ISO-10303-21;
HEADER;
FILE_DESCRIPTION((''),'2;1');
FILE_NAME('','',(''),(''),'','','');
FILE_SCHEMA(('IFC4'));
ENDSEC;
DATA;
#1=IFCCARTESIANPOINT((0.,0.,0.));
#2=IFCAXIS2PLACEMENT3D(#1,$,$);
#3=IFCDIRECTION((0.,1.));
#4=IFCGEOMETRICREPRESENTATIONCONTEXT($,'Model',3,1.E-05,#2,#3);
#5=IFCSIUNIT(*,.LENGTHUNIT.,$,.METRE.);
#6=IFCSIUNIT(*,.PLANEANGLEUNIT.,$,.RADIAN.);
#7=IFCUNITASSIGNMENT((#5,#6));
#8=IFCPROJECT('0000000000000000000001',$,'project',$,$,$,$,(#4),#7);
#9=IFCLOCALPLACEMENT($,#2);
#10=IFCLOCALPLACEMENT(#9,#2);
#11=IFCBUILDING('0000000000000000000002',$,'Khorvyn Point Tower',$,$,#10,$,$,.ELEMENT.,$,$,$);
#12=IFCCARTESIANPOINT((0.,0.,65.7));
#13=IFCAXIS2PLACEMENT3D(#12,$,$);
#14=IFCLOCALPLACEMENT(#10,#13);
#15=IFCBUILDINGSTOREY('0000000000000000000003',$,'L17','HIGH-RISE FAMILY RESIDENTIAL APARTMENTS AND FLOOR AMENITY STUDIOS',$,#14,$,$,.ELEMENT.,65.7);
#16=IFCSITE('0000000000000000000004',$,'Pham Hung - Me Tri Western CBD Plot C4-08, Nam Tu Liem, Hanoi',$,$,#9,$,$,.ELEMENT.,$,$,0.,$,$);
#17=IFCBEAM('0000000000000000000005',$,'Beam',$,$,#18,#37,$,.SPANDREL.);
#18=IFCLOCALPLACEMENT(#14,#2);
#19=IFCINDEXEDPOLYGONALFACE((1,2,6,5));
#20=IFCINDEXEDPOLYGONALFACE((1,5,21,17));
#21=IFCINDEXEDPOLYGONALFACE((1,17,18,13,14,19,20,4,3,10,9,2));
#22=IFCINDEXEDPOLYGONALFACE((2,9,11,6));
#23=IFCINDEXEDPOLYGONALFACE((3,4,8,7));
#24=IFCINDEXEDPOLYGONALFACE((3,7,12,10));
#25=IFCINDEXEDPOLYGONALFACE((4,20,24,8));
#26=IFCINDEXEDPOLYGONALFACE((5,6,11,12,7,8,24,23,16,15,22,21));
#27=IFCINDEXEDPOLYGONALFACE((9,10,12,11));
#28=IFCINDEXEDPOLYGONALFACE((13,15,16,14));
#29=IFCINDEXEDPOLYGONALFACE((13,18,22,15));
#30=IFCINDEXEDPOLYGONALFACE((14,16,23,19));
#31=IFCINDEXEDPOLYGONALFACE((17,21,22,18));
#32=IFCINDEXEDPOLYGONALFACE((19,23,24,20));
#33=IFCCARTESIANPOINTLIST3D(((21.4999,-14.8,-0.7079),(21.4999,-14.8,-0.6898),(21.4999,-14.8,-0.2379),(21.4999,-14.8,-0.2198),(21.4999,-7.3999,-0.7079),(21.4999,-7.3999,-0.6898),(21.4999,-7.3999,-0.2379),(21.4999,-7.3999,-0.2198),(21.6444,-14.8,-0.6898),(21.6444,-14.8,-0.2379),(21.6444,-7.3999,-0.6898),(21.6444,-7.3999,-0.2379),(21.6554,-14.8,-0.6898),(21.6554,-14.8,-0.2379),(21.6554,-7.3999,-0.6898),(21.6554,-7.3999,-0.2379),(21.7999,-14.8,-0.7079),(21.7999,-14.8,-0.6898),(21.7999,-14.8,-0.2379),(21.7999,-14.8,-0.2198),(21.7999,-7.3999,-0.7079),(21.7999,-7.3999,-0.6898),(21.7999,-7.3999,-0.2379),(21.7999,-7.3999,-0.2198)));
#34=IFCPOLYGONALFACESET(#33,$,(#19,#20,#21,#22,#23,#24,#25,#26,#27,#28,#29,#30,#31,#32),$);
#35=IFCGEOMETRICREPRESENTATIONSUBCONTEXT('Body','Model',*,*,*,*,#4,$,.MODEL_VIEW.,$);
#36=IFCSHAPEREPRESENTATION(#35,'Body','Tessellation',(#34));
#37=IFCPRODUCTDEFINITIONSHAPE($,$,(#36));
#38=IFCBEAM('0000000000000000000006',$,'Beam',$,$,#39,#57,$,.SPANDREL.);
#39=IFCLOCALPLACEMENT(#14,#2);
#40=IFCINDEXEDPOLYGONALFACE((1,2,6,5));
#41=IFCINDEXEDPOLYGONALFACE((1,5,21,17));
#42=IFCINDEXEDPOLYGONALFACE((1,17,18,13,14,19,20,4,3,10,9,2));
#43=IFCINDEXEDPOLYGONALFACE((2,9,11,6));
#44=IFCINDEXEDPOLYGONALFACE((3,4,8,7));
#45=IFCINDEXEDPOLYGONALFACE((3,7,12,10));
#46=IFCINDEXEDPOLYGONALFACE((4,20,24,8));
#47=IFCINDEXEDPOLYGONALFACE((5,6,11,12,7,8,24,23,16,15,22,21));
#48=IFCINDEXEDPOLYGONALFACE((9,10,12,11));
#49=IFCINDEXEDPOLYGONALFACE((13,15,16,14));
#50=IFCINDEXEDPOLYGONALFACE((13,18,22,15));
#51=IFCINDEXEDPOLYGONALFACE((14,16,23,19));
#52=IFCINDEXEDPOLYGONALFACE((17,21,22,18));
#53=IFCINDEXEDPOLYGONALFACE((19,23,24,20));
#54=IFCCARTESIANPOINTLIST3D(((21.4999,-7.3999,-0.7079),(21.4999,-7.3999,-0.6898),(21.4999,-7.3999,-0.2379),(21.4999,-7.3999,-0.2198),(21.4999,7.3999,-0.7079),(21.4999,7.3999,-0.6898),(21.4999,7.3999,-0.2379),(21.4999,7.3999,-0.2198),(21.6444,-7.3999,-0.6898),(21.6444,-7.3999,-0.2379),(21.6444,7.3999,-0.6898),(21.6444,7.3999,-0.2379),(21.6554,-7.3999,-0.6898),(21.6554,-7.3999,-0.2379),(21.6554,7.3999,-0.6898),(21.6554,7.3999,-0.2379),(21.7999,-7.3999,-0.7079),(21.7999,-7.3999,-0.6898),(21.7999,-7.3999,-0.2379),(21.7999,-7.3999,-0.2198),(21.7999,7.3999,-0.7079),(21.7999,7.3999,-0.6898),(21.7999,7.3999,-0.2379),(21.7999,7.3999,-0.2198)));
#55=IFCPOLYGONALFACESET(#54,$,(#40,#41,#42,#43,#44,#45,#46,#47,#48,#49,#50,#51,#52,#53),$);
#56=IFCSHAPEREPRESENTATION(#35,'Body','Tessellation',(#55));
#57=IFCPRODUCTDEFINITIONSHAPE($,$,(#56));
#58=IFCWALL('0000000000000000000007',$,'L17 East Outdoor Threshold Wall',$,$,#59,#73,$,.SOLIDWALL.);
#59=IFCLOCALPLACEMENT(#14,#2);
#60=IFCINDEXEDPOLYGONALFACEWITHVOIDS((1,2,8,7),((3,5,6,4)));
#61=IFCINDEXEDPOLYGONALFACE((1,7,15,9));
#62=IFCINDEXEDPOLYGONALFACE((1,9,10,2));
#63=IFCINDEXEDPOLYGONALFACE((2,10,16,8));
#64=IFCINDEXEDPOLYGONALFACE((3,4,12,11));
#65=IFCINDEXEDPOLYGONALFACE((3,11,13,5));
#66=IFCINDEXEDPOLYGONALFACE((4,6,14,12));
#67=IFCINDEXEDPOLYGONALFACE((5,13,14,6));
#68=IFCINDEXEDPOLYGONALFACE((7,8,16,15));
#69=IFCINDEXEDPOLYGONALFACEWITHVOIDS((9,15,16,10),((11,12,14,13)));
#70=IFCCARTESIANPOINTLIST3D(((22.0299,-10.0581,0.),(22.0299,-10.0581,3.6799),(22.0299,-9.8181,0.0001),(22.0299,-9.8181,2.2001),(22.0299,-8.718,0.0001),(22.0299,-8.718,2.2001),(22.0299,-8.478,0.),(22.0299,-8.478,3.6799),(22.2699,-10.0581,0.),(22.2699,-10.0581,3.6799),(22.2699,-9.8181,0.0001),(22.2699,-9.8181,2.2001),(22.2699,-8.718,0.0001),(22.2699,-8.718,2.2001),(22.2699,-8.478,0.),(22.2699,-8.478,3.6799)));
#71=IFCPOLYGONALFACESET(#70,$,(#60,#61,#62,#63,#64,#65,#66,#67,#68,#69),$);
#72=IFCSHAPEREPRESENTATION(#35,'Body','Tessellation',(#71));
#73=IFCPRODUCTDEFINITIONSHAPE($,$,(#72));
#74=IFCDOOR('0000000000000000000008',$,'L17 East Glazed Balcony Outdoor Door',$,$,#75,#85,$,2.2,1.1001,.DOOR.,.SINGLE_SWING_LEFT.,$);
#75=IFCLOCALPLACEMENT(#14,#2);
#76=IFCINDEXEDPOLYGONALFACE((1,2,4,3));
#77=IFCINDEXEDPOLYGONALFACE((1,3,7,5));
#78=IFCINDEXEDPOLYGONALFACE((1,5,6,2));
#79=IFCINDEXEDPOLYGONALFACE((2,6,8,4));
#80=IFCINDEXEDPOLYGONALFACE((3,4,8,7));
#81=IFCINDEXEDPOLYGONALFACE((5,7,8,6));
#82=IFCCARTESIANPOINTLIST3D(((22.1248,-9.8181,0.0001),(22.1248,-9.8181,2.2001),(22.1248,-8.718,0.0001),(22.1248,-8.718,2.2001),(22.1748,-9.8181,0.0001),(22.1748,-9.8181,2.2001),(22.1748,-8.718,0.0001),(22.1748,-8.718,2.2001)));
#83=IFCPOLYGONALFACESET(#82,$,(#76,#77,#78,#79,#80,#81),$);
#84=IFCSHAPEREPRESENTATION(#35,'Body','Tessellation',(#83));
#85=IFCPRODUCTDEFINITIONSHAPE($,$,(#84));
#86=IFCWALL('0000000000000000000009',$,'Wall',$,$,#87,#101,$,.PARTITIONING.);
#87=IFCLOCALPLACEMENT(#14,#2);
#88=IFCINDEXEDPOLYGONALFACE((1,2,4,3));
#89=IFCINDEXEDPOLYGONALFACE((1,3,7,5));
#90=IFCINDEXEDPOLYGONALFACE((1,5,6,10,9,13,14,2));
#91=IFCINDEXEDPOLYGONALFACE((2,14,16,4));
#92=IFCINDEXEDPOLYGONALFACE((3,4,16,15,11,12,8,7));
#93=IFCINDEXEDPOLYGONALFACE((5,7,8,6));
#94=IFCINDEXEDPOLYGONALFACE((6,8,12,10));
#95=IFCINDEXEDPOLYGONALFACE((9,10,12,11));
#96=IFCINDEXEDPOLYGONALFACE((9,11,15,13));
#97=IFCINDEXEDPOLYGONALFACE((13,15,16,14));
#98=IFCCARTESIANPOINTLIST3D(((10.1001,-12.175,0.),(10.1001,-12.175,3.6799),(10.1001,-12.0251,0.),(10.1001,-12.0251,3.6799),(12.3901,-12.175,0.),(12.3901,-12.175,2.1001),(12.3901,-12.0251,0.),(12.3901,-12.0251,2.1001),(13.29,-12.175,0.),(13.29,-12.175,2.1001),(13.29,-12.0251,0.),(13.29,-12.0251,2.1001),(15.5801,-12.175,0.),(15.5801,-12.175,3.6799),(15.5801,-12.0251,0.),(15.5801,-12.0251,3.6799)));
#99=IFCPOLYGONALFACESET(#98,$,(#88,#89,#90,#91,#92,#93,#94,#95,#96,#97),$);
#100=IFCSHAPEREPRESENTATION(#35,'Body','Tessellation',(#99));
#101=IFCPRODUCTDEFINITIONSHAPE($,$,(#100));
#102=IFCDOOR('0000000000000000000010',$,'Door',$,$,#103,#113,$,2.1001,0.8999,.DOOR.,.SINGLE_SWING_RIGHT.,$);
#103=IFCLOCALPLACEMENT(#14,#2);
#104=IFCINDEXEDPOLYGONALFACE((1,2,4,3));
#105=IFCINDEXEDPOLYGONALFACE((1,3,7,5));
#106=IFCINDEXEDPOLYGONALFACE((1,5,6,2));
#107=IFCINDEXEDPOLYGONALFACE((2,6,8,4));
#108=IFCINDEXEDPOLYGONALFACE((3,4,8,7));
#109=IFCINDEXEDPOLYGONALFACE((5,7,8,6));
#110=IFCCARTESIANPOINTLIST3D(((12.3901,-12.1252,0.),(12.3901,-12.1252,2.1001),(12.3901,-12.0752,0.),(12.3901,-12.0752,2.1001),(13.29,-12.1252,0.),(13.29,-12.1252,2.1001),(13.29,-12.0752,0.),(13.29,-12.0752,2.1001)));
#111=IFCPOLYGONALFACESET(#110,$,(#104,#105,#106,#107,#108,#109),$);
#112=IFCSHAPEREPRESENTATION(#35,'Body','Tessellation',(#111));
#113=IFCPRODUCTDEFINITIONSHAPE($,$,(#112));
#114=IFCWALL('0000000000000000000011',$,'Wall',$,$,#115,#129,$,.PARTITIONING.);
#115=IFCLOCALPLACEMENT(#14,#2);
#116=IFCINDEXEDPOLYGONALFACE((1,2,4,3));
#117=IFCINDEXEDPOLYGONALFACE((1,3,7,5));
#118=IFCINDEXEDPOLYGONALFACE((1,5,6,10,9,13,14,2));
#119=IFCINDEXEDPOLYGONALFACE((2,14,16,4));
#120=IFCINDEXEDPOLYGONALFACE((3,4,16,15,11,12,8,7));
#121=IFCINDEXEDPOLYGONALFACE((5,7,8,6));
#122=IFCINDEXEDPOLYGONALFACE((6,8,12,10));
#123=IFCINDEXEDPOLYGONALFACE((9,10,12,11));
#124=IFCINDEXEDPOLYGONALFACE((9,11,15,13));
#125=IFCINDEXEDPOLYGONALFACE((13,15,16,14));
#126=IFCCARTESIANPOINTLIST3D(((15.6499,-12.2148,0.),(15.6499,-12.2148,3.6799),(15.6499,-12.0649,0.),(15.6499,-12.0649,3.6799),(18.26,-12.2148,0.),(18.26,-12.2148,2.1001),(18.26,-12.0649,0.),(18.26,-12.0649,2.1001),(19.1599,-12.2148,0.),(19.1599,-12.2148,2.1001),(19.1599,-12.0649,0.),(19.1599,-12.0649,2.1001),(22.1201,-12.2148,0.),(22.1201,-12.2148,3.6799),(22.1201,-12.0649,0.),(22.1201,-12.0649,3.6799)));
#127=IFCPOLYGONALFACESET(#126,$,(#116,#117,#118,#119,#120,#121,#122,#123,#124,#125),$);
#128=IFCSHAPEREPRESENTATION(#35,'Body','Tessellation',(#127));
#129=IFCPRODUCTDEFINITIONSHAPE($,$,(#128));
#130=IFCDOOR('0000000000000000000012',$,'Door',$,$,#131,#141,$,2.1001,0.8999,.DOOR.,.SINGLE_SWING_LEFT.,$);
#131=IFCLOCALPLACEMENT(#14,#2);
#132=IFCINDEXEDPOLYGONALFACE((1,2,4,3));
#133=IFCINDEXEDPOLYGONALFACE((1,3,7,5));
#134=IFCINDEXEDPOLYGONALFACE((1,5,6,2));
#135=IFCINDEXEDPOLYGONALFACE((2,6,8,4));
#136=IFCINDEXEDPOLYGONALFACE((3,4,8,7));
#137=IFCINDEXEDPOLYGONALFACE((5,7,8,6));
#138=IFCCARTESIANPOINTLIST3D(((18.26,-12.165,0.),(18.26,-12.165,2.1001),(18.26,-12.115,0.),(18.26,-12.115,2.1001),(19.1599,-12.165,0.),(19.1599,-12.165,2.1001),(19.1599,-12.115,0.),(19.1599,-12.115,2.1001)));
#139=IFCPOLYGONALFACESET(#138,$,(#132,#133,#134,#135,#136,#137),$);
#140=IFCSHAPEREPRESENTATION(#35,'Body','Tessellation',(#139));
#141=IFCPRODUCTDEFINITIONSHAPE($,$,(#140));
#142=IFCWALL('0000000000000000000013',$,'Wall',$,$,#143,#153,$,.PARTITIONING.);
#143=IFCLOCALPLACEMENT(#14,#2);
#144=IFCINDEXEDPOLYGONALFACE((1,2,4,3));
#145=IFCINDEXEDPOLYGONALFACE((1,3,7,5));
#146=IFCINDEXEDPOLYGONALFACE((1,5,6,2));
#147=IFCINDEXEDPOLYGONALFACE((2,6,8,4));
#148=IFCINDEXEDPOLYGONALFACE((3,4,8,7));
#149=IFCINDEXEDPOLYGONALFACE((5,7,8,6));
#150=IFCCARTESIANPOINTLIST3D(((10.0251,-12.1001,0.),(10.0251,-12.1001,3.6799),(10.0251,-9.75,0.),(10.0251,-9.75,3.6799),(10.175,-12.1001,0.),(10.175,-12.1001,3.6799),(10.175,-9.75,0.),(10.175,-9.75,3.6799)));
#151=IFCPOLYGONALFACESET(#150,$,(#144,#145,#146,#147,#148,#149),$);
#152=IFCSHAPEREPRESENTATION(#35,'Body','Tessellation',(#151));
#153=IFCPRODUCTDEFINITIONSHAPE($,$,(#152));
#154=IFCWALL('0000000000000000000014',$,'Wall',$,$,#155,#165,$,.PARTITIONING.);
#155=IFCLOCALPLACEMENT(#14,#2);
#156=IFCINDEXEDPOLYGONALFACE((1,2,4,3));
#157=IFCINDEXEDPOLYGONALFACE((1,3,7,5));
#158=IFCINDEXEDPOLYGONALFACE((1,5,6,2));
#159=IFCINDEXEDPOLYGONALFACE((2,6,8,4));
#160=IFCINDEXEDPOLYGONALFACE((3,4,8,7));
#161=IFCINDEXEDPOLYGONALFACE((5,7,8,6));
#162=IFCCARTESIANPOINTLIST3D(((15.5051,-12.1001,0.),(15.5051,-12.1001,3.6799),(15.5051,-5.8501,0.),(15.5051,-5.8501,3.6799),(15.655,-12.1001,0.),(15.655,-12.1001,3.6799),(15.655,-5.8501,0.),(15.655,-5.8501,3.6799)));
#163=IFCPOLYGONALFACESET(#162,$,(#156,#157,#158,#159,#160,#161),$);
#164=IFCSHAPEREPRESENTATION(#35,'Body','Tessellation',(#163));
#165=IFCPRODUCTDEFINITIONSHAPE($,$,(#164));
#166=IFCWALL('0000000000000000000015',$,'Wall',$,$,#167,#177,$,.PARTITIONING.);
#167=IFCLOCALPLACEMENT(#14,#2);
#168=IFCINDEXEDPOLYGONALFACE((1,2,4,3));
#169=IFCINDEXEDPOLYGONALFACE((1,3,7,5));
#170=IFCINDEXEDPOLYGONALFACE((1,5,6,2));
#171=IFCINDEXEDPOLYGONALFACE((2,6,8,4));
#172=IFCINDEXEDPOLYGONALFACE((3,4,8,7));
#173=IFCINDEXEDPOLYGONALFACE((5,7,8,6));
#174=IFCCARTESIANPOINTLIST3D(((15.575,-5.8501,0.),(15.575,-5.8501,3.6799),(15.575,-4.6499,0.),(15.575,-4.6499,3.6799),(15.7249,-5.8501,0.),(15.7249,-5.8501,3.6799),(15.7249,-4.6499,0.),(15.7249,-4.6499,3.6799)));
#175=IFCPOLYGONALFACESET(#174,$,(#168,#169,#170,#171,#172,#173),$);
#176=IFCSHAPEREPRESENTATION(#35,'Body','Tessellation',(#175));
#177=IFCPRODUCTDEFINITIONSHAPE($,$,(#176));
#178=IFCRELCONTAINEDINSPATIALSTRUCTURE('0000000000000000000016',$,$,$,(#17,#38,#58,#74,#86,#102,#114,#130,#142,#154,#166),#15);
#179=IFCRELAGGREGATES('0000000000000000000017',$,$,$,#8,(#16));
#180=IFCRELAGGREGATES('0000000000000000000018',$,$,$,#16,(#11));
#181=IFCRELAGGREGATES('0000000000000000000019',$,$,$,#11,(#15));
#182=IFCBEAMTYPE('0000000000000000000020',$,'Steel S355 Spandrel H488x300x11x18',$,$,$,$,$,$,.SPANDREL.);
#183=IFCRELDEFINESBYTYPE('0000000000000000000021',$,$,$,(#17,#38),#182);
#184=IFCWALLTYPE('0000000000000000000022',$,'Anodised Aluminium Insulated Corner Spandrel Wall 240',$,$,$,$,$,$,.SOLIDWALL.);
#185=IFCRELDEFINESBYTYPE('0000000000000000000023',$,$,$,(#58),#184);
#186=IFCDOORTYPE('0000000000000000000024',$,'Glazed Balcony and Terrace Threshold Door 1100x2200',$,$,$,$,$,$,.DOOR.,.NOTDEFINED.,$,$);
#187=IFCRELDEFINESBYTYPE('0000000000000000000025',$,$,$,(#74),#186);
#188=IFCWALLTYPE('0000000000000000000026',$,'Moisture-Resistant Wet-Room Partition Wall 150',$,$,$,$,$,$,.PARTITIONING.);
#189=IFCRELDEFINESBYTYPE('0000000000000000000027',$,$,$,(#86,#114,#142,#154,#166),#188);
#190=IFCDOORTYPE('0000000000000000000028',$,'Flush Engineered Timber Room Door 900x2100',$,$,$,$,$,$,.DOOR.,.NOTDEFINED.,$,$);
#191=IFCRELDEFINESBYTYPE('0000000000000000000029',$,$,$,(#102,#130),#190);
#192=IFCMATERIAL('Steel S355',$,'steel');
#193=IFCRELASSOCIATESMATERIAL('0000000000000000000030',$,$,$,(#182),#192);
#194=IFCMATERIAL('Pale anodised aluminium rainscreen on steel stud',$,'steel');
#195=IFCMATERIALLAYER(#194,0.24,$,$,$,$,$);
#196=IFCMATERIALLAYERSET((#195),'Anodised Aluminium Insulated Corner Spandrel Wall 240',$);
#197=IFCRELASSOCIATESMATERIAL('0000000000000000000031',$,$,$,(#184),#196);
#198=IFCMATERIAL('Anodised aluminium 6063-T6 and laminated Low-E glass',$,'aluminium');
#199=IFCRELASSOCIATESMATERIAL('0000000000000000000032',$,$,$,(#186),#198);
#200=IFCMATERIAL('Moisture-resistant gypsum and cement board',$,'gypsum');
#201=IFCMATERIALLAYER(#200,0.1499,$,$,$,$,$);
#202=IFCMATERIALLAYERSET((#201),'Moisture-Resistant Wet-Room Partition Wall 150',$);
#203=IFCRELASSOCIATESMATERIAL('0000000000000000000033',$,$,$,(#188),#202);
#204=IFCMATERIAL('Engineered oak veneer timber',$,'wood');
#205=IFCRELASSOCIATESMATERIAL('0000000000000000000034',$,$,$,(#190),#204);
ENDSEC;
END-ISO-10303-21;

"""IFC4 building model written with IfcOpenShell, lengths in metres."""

from ifc_helpers import new_model, si_unit, direction, frame, frame_2d, origin, origin_2d, place, context, subcontext, project, spatial, rectangle, i_section, extrude, material, layer, layer_set, material_profile, profile_set, type_object, element, fill, save


model = new_model("IFC4")

# Units and contexts
model_context = context("Model", 3, precision=1e-05, world=origin(), true_north=direction((0.0, 1.0)))
body_context = subcontext(model_context, "Body", "Model", "MODEL_VIEW")
ifc_project = project(units=[si_unit("LENGTHUNIT", "METRE"), si_unit("PLANEANGLEUNIT", "RADIAN")], contexts=[model_context])

# Site, building, storey
site_placement = place(None, origin())
site = spatial("IfcSite", under=ifc_project, at=site_placement, Name="Pham Hung - Me Tri Western CBD Plot C4-08, Nam Tu Liem, Hanoi", CompositionType="ELEMENT", RefElevation=0.0)
building_placement = place(site_placement, origin())
building = spatial("IfcBuilding", under=site, at=building_placement, Name="Khorvyn Point Tower", CompositionType="ELEMENT")
storey_placement = place(building_placement, frame((0.0, 0.0, 65.7)))
storey = spatial("IfcBuildingStorey", under=building, at=storey_placement, Name="L17", Description="HIGH-RISE FAMILY RESIDENTIAL APARTMENTS AND FLOOR AMENITY STUDIOS", CompositionType="ELEMENT", Elevation=65.7)

# Shared definitions
ifc_material_1 = material(Name="Anodised aluminium 6063-T6 and laminated Low-E glass", Category="aluminium")

# Beams
ifc_material_2 = material(Name="Steel S355", Category="steel")
ifc_material_profile_1 = material_profile(ifc_material_2, i_section(OverallWidth=0.3, OverallDepth=0.488, WebThickness=0.011, FlangeThickness=0.0181, at=origin_2d()))
ifc_profile_set_1 = profile_set([ifc_material_profile_1], Name="Steel S355 H488x300x11x18")
beam_type_1 = type_object("IfcBeamType", Name="Steel S355 Spandrel H488x300x11x18", PredefinedType="SPANDREL", material=ifc_profile_set_1)
beam_1_placement = place(storey_placement, frame((21.6499, -14.8, -0.4639), z_axis=(0.0, 1.0, 0.0), x_axis=(-1.0, 0.0, 0.0)))
element("IfcBeam", 1, at=beam_1_placement, inside=storey, type_object=beam_type_1, Name="Beam", PredefinedType="SPANDREL", context=body_context, shape_type="SweptSolid", body=[
    extrude(i_section(OverallWidth=0.3, OverallDepth=0.488, WebThickness=0.011, FlangeThickness=0.0181, at=origin_2d()), origin(), (0.0, 0.0, 1.0), 7.4001),
])
beam_2_placement = place(storey_placement, frame((21.6499, -7.3999, -0.4639), z_axis=(0.0, 1.0, 0.0), x_axis=(-1.0, 0.0, 0.0)))
element("IfcBeam", 2, at=beam_2_placement, inside=storey, type_object=beam_type_1, Name="Beam", PredefinedType="SPANDREL", context=body_context, shape_type="SweptSolid", body=[
    extrude(i_section(OverallWidth=0.3, OverallDepth=0.488, WebThickness=0.011, FlangeThickness=0.0181, at=origin_2d()), origin(), (0.0, 0.0, 1.0), 14.7998),
])

# Walls, openings, doors
ifc_material_3 = material(Name="Pale anodised aluminium rainscreen on steel stud", Category="steel")
ifc_layer_1 = layer(ifc_material_3, 0.24)
ifc_layer_set_1 = layer_set([ifc_layer_1], Name="Anodised Aluminium Insulated Corner Spandrel Wall 240")
wall_type_1 = type_object("IfcWallType", Name="Anodised Aluminium Insulated Corner Spandrel Wall 240", PredefinedType="SOLIDWALL", material=ifc_layer_set_1)
wall_1_placement = place(storey_placement, frame((22.1499, -8.478, 0.0), z_axis=(0.0, 0.0, 1.0), x_axis=(0.0, -1.0, 0.0)))
wall_1 = element("IfcWall", 3, at=wall_1_placement, inside=storey, type_object=wall_type_1, Name="L17 East Outdoor Threshold Wall", PredefinedType="SOLIDWALL", context=body_context, shape_type="SweptSolid", body=[
    extrude(rectangle(XDim=1.5801, YDim=0.24, at=frame_2d((0.79, 0.0))), origin(), (0.0, 0.0, 1.0), 3.6799),
])
opening_1_placement = place(wall_1_placement, frame((0.24, 0.0, 0.0)))
opening_1 = element("IfcOpeningElement", 4, at=opening_1_placement, cuts=wall_1, PredefinedType="OPENING", context=body_context, shape_type="SweptSolid", body=[
    extrude(rectangle(XDim=1.1001, YDim=2.2, at=frame_2d((0.55, 1.1001))), frame((0.0, 0.1299, 0.0), z_axis=(0.0, -1.0, 0.0), x_axis=(1.0, 0.0, 0.0)), (0.0, 0.0, 1.0), 0.26),
])
door_type_1 = type_object("IfcDoorType", Name="Glazed Balcony and Terrace Threshold Door 1100x2200", OperationType="NOTDEFINED", PredefinedType="DOOR", material=ifc_material_1)
door_1_placement = place(opening_1_placement, origin())
door_1 = element("IfcDoor", 5, at=door_1_placement, inside=storey, type_object=door_type_1, Name="L17 East Glazed Balcony Outdoor Door", OperationType="SINGLE_SWING_LEFT", OverallHeight=2.2, OverallWidth=1.1001, PredefinedType="DOOR", context=body_context, shape_type="SweptSolid", body=[
    extrude(rectangle(XDim=1.1001, YDim=2.2, at=frame_2d((0.55, 1.1001))), frame((0.0, 0.0249, 0.0), z_axis=(0.0, -1.0, 0.0), x_axis=(1.0, 0.0, 0.0)), (0.0, 0.0, 1.0), 0.05),
])
fill(opening_1, door_1)
ifc_material_4 = material(Name="Moisture-resistant gypsum and cement board", Category="gypsum")
ifc_layer_2 = layer(ifc_material_4, 0.1499)
ifc_layer_set_2 = layer_set([ifc_layer_2], Name="Moisture-Resistant Wet-Room Partition Wall 150")
wall_type_2 = type_object("IfcWallType", Name="Moisture-Resistant Wet-Room Partition Wall 150", PredefinedType="PARTITIONING", material=ifc_layer_set_2)
wall_2_placement = place(storey_placement, frame((10.1001, -12.1001, 0.0), z_axis=(0.0, 0.0, 1.0), x_axis=(1.0, 0.0, 0.0)))
wall_2 = element("IfcWall", 6, at=wall_2_placement, inside=storey, type_object=wall_type_2, Name="Wall", PredefinedType="PARTITIONING", context=body_context, shape_type="SweptSolid", body=[
    extrude(rectangle(XDim=5.48, YDim=0.1499, at=frame_2d((2.74, 0.0))), origin(), (0.0, 0.0, 1.0), 3.6799),
])
opening_2_placement = place(wall_2_placement, frame((2.29, 0.0, 0.0)))
opening_2 = element("IfcOpeningElement", 7, at=opening_2_placement, cuts=wall_2, PredefinedType="OPENING", context=body_context, shape_type="SweptSolid", body=[
    extrude(rectangle(XDim=0.8999, YDim=2.1001, at=frame_2d((0.45, 1.05))), frame((0.0, 0.085, 0.0), z_axis=(0.0, -1.0, 0.0), x_axis=(1.0, 0.0, 0.0)), (0.0, 0.0, 1.0), 0.1699),
])
ifc_material_5 = material(Name="Engineered oak veneer timber", Category="wood")
door_type_2 = type_object("IfcDoorType", Name="Flush Engineered Timber Room Door 900x2100", OperationType="NOTDEFINED", PredefinedType="DOOR", material=ifc_material_5)
door_2_placement = place(opening_2_placement, origin())
door_2 = element("IfcDoor", 8, at=door_2_placement, inside=storey, type_object=door_type_2, Name="Door", OperationType="SINGLE_SWING_RIGHT", OverallHeight=2.1001, OverallWidth=0.8999, PredefinedType="DOOR", context=body_context, shape_type="SweptSolid", body=[
    extrude(rectangle(XDim=0.8999, YDim=2.1001, at=frame_2d((0.45, 1.05))), frame((0.0, 0.0249, 0.0), z_axis=(0.0, -1.0, 0.0), x_axis=(1.0, 0.0, 0.0)), (0.0, 0.0, 1.0), 0.05),
])
fill(opening_2, door_2)
wall_3_placement = place(storey_placement, frame((15.6499, -12.1399, 0.0), z_axis=(0.0, 0.0, 1.0), x_axis=(1.0, 0.0, 0.0)))
wall_3 = element("IfcWall", 9, at=wall_3_placement, inside=storey, type_object=wall_type_2, Name="Wall", PredefinedType="PARTITIONING", context=body_context, shape_type="SweptSolid", body=[
    extrude(rectangle(XDim=6.4702, YDim=0.1499, at=frame_2d((3.2351, 0.0))), origin(), (0.0, 0.0, 1.0), 3.6799),
])
opening_3_placement = place(wall_3_placement, frame((2.6101, 0.0, 0.0)))
opening_3 = element("IfcOpeningElement", 10, at=opening_3_placement, cuts=wall_3, PredefinedType="OPENING", context=body_context, shape_type="SweptSolid", body=[
    extrude(rectangle(XDim=0.8999, YDim=2.1001, at=frame_2d((0.45, 1.05))), frame((0.0, 0.085, 0.0), z_axis=(0.0, -1.0, 0.0), x_axis=(1.0, 0.0, 0.0)), (0.0, 0.0, 1.0), 0.1699),
])
door_3_placement = place(opening_3_placement, origin())
door_3 = element("IfcDoor", 11, at=door_3_placement, inside=storey, type_object=door_type_2, Name="Door", OperationType="SINGLE_SWING_LEFT", OverallHeight=2.1001, OverallWidth=0.8999, PredefinedType="DOOR", context=body_context, shape_type="SweptSolid", body=[
    extrude(rectangle(XDim=0.8999, YDim=2.1001, at=frame_2d((0.45, 1.05))), frame((0.0, 0.0249, 0.0), z_axis=(0.0, -1.0, 0.0), x_axis=(1.0, 0.0, 0.0)), (0.0, 0.0, 1.0), 0.05),
])
fill(opening_3, door_3)

# Walls
wall_4_placement = place(storey_placement, frame((10.1001, -12.1001, 0.0), z_axis=(0.0, 0.0, 1.0), x_axis=(0.0, 1.0, 0.0)))
element("IfcWall", 12, at=wall_4_placement, inside=storey, type_object=wall_type_2, Name="Wall", PredefinedType="PARTITIONING", context=body_context, shape_type="SweptSolid", body=[
    extrude(rectangle(XDim=2.3501, YDim=0.1499, at=frame_2d((1.175, 0.0))), origin(), (0.0, 0.0, 1.0), 3.6799),
])
wall_5_placement = place(storey_placement, frame((15.5801, -12.1001, 0.0), z_axis=(0.0, 0.0, 1.0), x_axis=(0.0, 1.0, 0.0)))
element("IfcWall", 13, at=wall_5_placement, inside=storey, type_object=wall_type_2, Name="Wall", PredefinedType="PARTITIONING", context=body_context, shape_type="SweptSolid", body=[
    extrude(rectangle(XDim=6.25, YDim=0.1499, at=frame_2d((3.125, 0.0))), origin(), (0.0, 0.0, 1.0), 3.6799),
])
wall_6_placement = place(storey_placement, frame((15.6499, -5.8501, 0.0), z_axis=(0.0, 0.0, 1.0), x_axis=(0.0, 1.0, 0.0)))
element("IfcWall", 14, at=wall_6_placement, inside=storey, type_object=wall_type_2, Name="Wall", PredefinedType="PARTITIONING", context=body_context, shape_type="SweptSolid", body=[
    extrude(rectangle(XDim=1.2002, YDim=0.1499, at=frame_2d((0.6001, 0.0))), origin(), (0.0, 0.0, 1.0), 3.6799),
])

save(model, "model.ifc")
